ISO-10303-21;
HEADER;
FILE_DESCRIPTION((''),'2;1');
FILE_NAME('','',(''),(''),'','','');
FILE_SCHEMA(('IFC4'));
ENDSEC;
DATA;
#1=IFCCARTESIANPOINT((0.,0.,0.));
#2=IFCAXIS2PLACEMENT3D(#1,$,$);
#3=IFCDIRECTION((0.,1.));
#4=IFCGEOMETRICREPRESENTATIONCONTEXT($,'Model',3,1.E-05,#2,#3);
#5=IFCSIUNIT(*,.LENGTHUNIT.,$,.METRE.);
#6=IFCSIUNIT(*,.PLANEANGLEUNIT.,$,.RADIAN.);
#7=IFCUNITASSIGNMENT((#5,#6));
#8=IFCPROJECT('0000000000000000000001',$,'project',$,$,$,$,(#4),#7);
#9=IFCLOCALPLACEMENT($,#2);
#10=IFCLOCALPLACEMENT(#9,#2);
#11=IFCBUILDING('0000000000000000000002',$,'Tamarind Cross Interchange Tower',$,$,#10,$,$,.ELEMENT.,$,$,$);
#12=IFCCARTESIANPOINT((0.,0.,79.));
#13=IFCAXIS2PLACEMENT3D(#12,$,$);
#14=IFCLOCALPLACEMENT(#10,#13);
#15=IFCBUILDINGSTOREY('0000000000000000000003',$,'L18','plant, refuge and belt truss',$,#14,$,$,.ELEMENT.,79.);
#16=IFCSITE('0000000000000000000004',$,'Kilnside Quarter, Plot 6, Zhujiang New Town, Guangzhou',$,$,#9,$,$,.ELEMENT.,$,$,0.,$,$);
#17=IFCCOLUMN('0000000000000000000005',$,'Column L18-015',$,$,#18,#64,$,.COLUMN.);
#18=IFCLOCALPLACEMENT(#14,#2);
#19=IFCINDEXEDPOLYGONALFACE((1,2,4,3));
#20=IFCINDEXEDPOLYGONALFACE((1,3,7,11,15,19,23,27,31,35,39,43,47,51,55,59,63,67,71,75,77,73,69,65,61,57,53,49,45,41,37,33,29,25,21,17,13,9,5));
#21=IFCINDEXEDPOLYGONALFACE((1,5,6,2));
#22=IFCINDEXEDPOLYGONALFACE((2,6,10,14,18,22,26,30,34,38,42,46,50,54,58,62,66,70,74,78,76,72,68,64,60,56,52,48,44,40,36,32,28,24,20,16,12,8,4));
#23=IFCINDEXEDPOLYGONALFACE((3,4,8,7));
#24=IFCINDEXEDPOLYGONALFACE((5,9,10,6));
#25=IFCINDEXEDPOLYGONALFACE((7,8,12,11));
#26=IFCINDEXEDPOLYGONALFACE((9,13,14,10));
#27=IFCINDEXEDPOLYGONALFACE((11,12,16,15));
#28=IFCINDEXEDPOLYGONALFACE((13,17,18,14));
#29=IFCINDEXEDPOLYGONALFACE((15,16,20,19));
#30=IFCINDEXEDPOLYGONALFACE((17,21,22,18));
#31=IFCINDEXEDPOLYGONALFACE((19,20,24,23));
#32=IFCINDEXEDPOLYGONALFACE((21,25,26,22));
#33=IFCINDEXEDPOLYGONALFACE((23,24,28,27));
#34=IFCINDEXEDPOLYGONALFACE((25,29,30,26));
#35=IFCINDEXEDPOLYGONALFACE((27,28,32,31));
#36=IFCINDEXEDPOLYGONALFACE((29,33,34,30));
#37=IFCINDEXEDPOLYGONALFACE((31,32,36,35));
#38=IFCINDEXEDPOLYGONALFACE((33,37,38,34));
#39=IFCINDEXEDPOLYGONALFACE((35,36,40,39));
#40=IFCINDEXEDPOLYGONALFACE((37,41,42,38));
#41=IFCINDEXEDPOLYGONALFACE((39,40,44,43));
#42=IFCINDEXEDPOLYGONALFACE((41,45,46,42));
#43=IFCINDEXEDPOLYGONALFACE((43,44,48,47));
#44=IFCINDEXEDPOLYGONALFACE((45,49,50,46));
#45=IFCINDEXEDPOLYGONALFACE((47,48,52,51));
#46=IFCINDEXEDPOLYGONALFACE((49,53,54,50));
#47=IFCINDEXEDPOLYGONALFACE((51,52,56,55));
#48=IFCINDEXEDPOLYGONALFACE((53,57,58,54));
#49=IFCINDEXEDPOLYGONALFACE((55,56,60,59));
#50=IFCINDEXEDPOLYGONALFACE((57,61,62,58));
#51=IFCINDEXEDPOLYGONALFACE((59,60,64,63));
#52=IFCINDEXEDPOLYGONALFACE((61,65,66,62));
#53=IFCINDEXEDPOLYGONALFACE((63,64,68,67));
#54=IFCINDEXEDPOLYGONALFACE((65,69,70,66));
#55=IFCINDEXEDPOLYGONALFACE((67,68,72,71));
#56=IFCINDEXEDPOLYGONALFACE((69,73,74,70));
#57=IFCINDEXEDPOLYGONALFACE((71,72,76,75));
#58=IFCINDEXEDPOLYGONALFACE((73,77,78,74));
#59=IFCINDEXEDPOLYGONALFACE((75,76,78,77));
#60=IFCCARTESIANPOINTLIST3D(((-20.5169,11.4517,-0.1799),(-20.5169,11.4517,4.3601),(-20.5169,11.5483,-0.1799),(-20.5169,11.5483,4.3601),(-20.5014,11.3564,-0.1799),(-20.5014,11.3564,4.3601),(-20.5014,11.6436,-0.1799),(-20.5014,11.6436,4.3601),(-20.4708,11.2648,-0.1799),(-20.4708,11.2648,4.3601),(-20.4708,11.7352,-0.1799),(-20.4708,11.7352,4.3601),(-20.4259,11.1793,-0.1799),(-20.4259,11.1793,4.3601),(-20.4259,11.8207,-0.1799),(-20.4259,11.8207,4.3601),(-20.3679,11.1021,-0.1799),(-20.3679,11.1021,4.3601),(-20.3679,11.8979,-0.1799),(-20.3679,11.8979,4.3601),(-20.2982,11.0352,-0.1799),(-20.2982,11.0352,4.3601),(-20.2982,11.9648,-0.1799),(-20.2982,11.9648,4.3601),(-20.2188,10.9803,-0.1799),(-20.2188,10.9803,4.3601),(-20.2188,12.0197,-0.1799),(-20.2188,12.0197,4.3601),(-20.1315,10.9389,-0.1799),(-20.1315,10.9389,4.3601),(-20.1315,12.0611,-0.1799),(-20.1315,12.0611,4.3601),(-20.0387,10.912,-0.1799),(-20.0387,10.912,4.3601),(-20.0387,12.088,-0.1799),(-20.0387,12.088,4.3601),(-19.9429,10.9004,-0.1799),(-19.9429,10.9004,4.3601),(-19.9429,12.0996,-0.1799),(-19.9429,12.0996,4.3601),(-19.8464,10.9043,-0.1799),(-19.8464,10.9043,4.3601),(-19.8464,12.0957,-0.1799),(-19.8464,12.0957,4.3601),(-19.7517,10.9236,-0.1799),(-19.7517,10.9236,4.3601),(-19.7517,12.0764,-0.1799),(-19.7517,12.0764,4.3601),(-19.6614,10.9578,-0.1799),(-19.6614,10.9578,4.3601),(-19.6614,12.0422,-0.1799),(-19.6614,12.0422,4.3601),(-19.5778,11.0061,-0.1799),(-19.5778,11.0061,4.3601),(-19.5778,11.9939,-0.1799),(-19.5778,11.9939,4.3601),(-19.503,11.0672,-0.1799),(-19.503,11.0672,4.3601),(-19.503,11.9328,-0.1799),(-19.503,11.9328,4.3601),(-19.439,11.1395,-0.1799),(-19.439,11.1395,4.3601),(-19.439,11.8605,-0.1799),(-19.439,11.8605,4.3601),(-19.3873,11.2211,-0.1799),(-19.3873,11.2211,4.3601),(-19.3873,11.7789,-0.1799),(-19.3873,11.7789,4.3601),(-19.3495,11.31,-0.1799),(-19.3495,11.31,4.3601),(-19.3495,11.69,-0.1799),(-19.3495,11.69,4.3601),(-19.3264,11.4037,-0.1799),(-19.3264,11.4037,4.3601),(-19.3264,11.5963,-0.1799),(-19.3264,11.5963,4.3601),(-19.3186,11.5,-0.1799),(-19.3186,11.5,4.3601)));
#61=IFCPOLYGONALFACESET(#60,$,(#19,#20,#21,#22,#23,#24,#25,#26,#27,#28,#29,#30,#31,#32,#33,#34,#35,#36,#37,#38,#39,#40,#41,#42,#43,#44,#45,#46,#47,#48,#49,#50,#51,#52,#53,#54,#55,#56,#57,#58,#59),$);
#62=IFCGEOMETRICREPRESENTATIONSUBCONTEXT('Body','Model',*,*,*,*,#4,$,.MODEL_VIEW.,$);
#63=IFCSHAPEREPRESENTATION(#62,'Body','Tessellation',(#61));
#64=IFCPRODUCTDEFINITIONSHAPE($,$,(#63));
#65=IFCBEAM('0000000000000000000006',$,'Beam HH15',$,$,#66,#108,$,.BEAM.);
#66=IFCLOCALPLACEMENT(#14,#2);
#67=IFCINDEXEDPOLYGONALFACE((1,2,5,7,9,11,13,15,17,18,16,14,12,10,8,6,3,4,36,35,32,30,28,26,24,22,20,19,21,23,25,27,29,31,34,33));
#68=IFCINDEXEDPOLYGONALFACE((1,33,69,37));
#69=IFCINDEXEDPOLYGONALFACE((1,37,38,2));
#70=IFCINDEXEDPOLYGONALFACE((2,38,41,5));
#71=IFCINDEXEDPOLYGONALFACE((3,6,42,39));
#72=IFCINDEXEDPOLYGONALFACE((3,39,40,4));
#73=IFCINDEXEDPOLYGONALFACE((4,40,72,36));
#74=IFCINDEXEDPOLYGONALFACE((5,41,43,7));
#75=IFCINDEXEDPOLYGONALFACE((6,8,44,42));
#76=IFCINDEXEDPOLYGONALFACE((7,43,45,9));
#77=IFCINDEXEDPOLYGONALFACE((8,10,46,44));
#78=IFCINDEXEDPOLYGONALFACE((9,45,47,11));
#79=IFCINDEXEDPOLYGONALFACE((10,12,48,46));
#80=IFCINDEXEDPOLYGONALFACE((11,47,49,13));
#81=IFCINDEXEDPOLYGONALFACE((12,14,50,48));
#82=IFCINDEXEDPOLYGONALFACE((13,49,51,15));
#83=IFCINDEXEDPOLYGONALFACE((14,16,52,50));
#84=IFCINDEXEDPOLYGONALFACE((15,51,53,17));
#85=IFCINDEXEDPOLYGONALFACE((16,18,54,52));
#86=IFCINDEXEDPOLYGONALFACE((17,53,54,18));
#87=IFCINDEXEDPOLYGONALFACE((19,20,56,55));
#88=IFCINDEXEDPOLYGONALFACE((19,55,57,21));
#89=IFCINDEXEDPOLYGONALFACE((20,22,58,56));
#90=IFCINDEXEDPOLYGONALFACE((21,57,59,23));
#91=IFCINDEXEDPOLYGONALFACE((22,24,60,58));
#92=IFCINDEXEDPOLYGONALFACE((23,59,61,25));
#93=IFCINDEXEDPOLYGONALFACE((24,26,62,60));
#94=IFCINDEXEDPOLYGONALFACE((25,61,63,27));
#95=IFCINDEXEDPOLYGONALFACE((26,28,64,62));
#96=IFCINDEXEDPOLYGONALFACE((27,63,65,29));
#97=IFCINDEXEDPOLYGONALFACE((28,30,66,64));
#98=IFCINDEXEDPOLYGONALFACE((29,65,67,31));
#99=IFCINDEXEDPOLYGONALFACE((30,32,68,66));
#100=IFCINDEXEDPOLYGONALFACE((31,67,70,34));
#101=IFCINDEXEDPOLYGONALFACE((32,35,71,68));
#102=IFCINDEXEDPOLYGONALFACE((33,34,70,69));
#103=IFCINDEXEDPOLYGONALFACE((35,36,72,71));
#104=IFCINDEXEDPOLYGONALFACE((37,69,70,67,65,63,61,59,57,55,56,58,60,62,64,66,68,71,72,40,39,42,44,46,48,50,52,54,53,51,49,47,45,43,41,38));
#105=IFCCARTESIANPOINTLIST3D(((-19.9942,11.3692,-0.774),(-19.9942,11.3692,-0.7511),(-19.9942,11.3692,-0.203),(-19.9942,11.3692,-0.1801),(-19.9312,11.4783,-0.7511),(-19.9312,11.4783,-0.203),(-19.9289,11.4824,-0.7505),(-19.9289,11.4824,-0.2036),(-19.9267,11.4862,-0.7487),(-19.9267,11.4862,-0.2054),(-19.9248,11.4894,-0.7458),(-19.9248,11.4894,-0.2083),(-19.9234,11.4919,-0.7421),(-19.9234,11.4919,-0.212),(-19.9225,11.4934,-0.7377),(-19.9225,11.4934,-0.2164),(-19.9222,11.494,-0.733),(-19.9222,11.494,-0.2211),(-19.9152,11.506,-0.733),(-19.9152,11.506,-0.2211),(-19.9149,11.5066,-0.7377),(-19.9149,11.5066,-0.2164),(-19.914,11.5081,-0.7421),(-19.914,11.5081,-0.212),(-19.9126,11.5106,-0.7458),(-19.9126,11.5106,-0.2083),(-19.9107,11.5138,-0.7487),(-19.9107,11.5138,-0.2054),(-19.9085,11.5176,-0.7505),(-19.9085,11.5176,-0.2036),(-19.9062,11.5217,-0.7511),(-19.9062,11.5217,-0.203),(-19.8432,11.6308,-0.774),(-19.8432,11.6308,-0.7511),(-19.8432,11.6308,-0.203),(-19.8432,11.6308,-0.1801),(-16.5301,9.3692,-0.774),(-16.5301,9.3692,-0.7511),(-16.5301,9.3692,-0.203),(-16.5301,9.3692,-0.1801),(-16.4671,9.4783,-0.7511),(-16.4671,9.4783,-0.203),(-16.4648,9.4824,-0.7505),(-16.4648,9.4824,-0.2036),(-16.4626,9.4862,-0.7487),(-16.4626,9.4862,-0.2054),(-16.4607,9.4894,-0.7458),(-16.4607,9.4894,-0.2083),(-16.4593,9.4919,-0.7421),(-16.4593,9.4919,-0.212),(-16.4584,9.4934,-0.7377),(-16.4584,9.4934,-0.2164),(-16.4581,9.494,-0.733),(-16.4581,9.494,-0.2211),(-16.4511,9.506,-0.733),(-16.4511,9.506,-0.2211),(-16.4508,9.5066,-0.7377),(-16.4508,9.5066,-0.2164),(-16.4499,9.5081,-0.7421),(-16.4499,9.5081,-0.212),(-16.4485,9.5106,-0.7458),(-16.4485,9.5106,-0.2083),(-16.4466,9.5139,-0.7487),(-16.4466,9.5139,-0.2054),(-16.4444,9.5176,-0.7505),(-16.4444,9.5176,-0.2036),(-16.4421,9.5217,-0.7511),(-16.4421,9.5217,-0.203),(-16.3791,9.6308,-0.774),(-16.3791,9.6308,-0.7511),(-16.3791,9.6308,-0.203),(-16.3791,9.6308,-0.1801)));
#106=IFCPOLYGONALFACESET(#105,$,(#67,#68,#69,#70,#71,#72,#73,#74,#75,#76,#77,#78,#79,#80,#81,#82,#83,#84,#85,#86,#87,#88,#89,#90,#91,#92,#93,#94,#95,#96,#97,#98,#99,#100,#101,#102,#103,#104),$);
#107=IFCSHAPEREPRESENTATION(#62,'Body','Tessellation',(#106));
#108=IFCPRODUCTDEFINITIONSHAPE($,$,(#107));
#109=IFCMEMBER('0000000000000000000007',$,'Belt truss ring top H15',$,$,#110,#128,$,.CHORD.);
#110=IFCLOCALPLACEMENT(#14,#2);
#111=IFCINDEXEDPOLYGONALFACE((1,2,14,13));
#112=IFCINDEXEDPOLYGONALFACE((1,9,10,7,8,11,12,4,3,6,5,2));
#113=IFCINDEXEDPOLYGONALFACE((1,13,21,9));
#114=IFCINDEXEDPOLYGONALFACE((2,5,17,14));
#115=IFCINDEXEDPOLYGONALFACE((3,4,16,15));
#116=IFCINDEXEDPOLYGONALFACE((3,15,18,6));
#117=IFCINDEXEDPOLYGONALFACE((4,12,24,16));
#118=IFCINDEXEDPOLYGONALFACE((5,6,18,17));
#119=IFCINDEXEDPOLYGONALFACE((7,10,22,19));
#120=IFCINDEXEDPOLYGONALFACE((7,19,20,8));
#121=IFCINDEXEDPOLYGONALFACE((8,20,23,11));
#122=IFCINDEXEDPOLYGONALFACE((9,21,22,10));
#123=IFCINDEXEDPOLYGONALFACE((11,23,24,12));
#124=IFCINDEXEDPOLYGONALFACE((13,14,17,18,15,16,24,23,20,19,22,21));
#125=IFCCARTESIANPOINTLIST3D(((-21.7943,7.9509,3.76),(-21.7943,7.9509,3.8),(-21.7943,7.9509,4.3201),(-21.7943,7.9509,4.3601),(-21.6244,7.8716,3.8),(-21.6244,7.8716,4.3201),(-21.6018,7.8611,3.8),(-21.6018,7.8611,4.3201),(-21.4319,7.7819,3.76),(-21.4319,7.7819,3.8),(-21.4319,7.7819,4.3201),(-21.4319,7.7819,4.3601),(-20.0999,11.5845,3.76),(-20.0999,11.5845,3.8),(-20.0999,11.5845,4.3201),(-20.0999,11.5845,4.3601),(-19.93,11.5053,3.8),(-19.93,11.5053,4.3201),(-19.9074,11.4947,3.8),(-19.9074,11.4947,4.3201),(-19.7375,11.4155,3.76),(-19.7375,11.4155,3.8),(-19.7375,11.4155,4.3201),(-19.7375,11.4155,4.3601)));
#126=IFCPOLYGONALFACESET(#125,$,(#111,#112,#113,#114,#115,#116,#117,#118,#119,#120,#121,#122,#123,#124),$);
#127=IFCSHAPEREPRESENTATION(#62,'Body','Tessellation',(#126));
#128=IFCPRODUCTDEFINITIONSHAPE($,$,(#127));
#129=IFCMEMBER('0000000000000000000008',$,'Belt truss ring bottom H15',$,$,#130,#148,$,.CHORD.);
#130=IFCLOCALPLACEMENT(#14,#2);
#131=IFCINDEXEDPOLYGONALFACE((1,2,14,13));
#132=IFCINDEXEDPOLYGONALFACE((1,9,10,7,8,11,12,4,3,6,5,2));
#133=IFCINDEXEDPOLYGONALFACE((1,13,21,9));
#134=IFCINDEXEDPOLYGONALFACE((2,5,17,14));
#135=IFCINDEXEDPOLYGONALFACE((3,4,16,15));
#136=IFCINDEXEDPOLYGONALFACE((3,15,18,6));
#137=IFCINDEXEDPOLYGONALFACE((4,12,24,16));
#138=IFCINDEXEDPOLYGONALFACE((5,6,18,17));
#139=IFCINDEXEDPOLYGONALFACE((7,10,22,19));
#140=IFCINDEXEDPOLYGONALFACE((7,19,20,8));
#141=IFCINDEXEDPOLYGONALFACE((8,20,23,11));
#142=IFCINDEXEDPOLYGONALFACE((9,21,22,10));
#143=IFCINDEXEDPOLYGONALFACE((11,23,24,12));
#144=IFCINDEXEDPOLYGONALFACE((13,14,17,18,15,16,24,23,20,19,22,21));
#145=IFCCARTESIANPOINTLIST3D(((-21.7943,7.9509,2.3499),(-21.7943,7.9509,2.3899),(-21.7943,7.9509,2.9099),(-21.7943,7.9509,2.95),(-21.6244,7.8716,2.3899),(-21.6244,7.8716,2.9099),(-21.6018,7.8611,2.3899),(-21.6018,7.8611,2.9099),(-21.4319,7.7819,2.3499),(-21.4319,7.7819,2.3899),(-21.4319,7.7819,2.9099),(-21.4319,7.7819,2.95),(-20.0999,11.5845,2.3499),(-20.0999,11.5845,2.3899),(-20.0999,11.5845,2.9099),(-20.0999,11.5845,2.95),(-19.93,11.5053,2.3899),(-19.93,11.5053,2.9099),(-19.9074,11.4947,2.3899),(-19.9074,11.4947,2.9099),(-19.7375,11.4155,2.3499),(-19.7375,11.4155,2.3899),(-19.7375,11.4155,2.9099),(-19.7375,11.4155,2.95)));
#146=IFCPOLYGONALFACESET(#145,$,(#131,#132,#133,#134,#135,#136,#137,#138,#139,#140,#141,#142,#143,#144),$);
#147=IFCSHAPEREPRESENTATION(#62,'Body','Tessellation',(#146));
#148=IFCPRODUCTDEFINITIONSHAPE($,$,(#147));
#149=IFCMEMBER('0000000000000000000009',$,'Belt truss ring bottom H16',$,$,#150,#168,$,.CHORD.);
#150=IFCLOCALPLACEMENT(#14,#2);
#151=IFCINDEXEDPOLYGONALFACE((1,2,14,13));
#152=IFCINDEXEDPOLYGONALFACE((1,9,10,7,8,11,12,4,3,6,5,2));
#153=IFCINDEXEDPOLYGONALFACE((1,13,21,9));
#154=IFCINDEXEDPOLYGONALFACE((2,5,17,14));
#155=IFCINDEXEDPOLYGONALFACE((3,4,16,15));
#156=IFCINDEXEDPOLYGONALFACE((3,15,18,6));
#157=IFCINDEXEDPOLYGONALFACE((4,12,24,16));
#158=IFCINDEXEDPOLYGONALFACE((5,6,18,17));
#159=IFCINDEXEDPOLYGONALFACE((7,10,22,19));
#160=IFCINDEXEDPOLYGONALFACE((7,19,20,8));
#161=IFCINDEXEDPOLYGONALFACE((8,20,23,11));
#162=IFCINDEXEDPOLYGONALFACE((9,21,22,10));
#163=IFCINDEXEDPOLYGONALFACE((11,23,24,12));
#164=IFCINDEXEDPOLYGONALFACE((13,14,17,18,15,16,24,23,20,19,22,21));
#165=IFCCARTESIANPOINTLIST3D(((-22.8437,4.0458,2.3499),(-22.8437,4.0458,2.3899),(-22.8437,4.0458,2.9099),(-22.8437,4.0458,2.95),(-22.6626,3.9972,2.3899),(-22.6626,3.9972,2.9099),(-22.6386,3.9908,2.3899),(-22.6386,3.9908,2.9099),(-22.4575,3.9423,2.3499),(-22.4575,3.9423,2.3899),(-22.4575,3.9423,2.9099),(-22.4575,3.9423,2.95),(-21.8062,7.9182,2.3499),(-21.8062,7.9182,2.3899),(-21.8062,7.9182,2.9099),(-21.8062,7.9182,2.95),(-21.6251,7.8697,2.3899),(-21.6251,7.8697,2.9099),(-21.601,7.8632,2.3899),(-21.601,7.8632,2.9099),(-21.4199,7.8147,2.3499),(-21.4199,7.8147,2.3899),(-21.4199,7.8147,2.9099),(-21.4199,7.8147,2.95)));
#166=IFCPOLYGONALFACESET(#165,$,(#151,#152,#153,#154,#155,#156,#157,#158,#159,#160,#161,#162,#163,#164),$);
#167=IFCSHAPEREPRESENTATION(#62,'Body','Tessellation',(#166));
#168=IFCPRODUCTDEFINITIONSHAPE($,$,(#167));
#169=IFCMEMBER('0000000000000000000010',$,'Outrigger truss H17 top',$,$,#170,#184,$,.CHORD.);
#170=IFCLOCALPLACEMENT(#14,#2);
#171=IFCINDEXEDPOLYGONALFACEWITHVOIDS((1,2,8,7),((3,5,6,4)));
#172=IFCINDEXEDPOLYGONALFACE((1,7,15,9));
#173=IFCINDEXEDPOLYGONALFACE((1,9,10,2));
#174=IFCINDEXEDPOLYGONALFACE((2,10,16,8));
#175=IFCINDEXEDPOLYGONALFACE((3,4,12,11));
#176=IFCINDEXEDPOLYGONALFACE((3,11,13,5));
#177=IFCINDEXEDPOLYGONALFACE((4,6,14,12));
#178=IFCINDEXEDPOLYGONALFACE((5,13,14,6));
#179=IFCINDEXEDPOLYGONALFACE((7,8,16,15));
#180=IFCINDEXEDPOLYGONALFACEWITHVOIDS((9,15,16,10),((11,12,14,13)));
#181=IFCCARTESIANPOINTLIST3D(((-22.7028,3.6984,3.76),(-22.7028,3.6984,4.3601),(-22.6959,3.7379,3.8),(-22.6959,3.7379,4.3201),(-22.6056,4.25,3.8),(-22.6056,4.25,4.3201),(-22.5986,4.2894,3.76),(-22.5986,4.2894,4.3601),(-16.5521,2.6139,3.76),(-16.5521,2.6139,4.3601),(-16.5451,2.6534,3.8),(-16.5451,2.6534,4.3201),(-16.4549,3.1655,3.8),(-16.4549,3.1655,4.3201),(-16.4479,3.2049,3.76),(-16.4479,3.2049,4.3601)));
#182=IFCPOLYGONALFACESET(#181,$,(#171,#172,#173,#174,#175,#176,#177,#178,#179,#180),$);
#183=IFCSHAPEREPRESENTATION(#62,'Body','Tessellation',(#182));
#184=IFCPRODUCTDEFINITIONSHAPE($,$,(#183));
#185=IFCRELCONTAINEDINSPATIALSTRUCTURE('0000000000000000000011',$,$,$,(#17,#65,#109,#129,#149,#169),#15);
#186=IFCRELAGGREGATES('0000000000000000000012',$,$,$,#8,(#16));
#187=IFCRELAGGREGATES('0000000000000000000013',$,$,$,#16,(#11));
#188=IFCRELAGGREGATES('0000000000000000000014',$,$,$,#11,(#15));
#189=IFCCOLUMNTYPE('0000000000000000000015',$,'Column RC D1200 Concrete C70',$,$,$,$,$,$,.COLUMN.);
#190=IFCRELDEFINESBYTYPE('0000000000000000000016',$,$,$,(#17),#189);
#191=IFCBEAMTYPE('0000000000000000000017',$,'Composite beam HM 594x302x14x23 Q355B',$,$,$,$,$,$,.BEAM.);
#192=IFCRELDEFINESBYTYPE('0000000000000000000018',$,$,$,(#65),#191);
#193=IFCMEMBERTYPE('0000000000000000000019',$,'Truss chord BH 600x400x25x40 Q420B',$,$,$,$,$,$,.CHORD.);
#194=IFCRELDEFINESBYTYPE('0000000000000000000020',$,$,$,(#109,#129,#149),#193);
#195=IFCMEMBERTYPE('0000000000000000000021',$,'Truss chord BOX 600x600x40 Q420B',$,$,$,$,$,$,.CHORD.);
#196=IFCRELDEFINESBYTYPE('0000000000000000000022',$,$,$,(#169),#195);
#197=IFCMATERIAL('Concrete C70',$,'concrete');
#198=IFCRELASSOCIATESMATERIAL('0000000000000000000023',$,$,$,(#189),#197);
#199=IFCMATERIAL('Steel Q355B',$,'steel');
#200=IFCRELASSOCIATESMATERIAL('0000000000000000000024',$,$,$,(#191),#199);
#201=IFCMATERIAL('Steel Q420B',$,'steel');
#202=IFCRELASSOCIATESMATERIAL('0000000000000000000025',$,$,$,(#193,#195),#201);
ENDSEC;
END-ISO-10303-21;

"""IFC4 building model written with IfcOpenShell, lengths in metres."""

from ifc_helpers import new_model, si_unit, direction, frame, origin, origin_2d, place, context, subcontext, project, spatial, hollow_rectangle, circle, i_section, extrude, material, material_profile, profile_set, type_object, element, save


model = new_model("IFC4")

# Units and contexts
model_context = context("Model", 3, precision=1e-05, world=origin(), true_north=direction((0.0, 1.0)))
body_context = subcontext(model_context, "Body", "Model", "MODEL_VIEW")
ifc_project = project(units=[si_unit("LENGTHUNIT", "METRE"), si_unit("PLANEANGLEUNIT", "RADIAN")], contexts=[model_context])

# Site, building, storey
site_placement = place(None, origin())
site = spatial("IfcSite", under=ifc_project, at=site_placement, Name="Kilnside Quarter, Plot 6, Zhujiang New Town, Guangzhou", CompositionType="ELEMENT", RefElevation=0.0)
building_placement = place(site_placement, origin())
building = spatial("IfcBuilding", under=site, at=building_placement, Name="Tamarind Cross Interchange Tower", CompositionType="ELEMENT")
storey_placement = place(building_placement, frame((0.0, 0.0, 79.0)))
storey = spatial("IfcBuildingStorey", under=building, at=storey_placement, Name="L18", Description="plant, refuge and belt truss", CompositionType="ELEMENT", Elevation=79.0)

# Column
ifc_material_1 = material(Name="Concrete C70", Category="concrete")
ifc_material_profile_1 = material_profile(ifc_material_1, circle(Radius=0.6001, at=origin_2d()), Name="RC D1200")
ifc_profile_set_1 = profile_set([ifc_material_profile_1], Name="Concrete C70")
column_type = type_object("IfcColumnType", Name="Column RC D1200 Concrete C70", PredefinedType="COLUMN", material=ifc_profile_set_1)
column_placement = place(storey_placement, frame((-19.9187, 11.5, -0.1799), z_axis=(0.0, 0.0, 1.0), x_axis=(1.0, 0.0, 0.0)))
element("IfcColumn", 1, at=column_placement, inside=storey, type_object=column_type, Name="Column L18-015", PredefinedType="COLUMN", context=body_context, shape_type="SweptSolid", body=[
    extrude(circle(Radius=0.6001, at=origin_2d()), origin(), (0.0, 0.0, 1.0), 4.54),
])

# Beam
ifc_material_2 = material(Name="Steel Q355B", Category="steel")
ifc_material_profile_2 = material_profile(ifc_material_2, i_section(OverallWidth=0.302, OverallDepth=0.594, WebThickness=0.0139, FlangeThickness=0.0229, FilletRadius=0.0181, at=origin_2d()), Name="HM 594x302x14x23")
ifc_profile_set_2 = profile_set([ifc_material_profile_2], Name="Steel Q355B")
beam_type = type_object("IfcBeamType", Name="Composite beam HM 594x302x14x23 Q355B", PredefinedType="BEAM", material=ifc_profile_set_2)
beam_placement = place(storey_placement, frame((-19.9187, 11.5, -0.4771), z_axis=(0.866026, -0.499999, 0.0), x_axis=(0.499999, 0.866026, 0.0)))
element("IfcBeam", 2, at=beam_placement, inside=storey, type_object=beam_type, Name="Beam HH15", PredefinedType="BEAM", context=body_context, shape_type="SweptSolid", body=[
    extrude(i_section(OverallWidth=0.302, OverallDepth=0.594, WebThickness=0.0139, FlangeThickness=0.0229, FilletRadius=0.0181, at=origin_2d()), origin(), (0.0, 0.0, 1.0), 4.0),
])

# Members
ifc_material_3 = material(Name="Steel Q420B", Category="steel")
ifc_material_profile_3 = material_profile(ifc_material_3, i_section(OverallWidth=0.3999, OverallDepth=0.6001, WebThickness=0.0249, FlangeThickness=0.04, at=origin_2d()), Name="BH 600x400x25x40")
ifc_profile_set_3 = profile_set([ifc_material_profile_3], Name="Steel Q420B")
member_type_1 = type_object("IfcMemberType", Name="Truss chord BH 600x400x25x40 Q420B", PredefinedType="CHORD", material=ifc_profile_set_3)
for number, where, z_axis, x_axis, name in (
    (3, (-19.9187, 11.5, 4.0601), (-0.422615, -0.906309, 0.0), (0.906309, -0.422615, 0.0), "Belt truss ring top H15"),
    (4, (-19.9187, 11.5, 2.6499), (-0.422615, -0.906309, 0.0), (0.906309, -0.422615, 0.0), "Belt truss ring bottom H15"),
):
    element("IfcMember", number, at=place(storey_placement, frame(where, z_axis=z_axis, x_axis=x_axis)), inside=storey, type_object=member_type_1, Name=name, PredefinedType="CHORD", context=body_context, shape_type="SweptSolid", body=[
        extrude(i_section(OverallWidth=0.3999, OverallDepth=0.6001, WebThickness=0.0249, FlangeThickness=0.04, at=origin_2d()), origin(), (0.0, 0.0, 1.0), 4.0093),
    ])
member_1_placement = place(storey_placement, frame((-21.613, 7.8665, 2.6499), z_axis=(-0.258807, -0.965929, 0.0), x_axis=(0.965929, -0.258807, 0.0)))
element("IfcMember", 5, at=member_1_placement, inside=storey, type_object=member_type_1, Name="Belt truss ring bottom H16", PredefinedType="CHORD", context=body_context, shape_type="SweptSolid", body=[
    extrude(i_section(OverallWidth=0.3999, OverallDepth=0.6001, WebThickness=0.0249, FlangeThickness=0.04, at=origin_2d()), origin(), (0.0, 0.0, 1.0), 4.009),
])
ifc_material_profile_4 = material_profile(ifc_material_3, hollow_rectangle(XDim=0.6001, YDim=0.6001, WallThickness=0.04, at=origin_2d()), Name="BOX 600x600x40")
ifc_profile_set_4 = profile_set([ifc_material_profile_4], Name="Steel Q420B")
member_type_2 = type_object("IfcMemberType", Name="Truss chord BOX 600x600x40 Q420B", PredefinedType="CHORD", material=ifc_profile_set_4)
for number, where, z_axis, x_axis, name in (
    (6, (-16.5, 2.9094, 4.0601), (-0.984809, 0.17364, 0.0), (-0.17364, -0.984809, 0.0), "Outrigger truss H17 top"),
):
    element("IfcMember", number, at=place(storey_placement, frame(where, z_axis=z_axis, x_axis=x_axis)), inside=storey, type_object=member_type_2, Name=name, PredefinedType="CHORD", context=body_context, shape_type="SweptSolid", body=[
        extrude(hollow_rectangle(XDim=0.6001, YDim=0.6001, WallThickness=0.04, at=origin_2d()), origin(), (0.0, 0.0, 1.0), 6.2456),
    ])

save(model, "model.ifc")
